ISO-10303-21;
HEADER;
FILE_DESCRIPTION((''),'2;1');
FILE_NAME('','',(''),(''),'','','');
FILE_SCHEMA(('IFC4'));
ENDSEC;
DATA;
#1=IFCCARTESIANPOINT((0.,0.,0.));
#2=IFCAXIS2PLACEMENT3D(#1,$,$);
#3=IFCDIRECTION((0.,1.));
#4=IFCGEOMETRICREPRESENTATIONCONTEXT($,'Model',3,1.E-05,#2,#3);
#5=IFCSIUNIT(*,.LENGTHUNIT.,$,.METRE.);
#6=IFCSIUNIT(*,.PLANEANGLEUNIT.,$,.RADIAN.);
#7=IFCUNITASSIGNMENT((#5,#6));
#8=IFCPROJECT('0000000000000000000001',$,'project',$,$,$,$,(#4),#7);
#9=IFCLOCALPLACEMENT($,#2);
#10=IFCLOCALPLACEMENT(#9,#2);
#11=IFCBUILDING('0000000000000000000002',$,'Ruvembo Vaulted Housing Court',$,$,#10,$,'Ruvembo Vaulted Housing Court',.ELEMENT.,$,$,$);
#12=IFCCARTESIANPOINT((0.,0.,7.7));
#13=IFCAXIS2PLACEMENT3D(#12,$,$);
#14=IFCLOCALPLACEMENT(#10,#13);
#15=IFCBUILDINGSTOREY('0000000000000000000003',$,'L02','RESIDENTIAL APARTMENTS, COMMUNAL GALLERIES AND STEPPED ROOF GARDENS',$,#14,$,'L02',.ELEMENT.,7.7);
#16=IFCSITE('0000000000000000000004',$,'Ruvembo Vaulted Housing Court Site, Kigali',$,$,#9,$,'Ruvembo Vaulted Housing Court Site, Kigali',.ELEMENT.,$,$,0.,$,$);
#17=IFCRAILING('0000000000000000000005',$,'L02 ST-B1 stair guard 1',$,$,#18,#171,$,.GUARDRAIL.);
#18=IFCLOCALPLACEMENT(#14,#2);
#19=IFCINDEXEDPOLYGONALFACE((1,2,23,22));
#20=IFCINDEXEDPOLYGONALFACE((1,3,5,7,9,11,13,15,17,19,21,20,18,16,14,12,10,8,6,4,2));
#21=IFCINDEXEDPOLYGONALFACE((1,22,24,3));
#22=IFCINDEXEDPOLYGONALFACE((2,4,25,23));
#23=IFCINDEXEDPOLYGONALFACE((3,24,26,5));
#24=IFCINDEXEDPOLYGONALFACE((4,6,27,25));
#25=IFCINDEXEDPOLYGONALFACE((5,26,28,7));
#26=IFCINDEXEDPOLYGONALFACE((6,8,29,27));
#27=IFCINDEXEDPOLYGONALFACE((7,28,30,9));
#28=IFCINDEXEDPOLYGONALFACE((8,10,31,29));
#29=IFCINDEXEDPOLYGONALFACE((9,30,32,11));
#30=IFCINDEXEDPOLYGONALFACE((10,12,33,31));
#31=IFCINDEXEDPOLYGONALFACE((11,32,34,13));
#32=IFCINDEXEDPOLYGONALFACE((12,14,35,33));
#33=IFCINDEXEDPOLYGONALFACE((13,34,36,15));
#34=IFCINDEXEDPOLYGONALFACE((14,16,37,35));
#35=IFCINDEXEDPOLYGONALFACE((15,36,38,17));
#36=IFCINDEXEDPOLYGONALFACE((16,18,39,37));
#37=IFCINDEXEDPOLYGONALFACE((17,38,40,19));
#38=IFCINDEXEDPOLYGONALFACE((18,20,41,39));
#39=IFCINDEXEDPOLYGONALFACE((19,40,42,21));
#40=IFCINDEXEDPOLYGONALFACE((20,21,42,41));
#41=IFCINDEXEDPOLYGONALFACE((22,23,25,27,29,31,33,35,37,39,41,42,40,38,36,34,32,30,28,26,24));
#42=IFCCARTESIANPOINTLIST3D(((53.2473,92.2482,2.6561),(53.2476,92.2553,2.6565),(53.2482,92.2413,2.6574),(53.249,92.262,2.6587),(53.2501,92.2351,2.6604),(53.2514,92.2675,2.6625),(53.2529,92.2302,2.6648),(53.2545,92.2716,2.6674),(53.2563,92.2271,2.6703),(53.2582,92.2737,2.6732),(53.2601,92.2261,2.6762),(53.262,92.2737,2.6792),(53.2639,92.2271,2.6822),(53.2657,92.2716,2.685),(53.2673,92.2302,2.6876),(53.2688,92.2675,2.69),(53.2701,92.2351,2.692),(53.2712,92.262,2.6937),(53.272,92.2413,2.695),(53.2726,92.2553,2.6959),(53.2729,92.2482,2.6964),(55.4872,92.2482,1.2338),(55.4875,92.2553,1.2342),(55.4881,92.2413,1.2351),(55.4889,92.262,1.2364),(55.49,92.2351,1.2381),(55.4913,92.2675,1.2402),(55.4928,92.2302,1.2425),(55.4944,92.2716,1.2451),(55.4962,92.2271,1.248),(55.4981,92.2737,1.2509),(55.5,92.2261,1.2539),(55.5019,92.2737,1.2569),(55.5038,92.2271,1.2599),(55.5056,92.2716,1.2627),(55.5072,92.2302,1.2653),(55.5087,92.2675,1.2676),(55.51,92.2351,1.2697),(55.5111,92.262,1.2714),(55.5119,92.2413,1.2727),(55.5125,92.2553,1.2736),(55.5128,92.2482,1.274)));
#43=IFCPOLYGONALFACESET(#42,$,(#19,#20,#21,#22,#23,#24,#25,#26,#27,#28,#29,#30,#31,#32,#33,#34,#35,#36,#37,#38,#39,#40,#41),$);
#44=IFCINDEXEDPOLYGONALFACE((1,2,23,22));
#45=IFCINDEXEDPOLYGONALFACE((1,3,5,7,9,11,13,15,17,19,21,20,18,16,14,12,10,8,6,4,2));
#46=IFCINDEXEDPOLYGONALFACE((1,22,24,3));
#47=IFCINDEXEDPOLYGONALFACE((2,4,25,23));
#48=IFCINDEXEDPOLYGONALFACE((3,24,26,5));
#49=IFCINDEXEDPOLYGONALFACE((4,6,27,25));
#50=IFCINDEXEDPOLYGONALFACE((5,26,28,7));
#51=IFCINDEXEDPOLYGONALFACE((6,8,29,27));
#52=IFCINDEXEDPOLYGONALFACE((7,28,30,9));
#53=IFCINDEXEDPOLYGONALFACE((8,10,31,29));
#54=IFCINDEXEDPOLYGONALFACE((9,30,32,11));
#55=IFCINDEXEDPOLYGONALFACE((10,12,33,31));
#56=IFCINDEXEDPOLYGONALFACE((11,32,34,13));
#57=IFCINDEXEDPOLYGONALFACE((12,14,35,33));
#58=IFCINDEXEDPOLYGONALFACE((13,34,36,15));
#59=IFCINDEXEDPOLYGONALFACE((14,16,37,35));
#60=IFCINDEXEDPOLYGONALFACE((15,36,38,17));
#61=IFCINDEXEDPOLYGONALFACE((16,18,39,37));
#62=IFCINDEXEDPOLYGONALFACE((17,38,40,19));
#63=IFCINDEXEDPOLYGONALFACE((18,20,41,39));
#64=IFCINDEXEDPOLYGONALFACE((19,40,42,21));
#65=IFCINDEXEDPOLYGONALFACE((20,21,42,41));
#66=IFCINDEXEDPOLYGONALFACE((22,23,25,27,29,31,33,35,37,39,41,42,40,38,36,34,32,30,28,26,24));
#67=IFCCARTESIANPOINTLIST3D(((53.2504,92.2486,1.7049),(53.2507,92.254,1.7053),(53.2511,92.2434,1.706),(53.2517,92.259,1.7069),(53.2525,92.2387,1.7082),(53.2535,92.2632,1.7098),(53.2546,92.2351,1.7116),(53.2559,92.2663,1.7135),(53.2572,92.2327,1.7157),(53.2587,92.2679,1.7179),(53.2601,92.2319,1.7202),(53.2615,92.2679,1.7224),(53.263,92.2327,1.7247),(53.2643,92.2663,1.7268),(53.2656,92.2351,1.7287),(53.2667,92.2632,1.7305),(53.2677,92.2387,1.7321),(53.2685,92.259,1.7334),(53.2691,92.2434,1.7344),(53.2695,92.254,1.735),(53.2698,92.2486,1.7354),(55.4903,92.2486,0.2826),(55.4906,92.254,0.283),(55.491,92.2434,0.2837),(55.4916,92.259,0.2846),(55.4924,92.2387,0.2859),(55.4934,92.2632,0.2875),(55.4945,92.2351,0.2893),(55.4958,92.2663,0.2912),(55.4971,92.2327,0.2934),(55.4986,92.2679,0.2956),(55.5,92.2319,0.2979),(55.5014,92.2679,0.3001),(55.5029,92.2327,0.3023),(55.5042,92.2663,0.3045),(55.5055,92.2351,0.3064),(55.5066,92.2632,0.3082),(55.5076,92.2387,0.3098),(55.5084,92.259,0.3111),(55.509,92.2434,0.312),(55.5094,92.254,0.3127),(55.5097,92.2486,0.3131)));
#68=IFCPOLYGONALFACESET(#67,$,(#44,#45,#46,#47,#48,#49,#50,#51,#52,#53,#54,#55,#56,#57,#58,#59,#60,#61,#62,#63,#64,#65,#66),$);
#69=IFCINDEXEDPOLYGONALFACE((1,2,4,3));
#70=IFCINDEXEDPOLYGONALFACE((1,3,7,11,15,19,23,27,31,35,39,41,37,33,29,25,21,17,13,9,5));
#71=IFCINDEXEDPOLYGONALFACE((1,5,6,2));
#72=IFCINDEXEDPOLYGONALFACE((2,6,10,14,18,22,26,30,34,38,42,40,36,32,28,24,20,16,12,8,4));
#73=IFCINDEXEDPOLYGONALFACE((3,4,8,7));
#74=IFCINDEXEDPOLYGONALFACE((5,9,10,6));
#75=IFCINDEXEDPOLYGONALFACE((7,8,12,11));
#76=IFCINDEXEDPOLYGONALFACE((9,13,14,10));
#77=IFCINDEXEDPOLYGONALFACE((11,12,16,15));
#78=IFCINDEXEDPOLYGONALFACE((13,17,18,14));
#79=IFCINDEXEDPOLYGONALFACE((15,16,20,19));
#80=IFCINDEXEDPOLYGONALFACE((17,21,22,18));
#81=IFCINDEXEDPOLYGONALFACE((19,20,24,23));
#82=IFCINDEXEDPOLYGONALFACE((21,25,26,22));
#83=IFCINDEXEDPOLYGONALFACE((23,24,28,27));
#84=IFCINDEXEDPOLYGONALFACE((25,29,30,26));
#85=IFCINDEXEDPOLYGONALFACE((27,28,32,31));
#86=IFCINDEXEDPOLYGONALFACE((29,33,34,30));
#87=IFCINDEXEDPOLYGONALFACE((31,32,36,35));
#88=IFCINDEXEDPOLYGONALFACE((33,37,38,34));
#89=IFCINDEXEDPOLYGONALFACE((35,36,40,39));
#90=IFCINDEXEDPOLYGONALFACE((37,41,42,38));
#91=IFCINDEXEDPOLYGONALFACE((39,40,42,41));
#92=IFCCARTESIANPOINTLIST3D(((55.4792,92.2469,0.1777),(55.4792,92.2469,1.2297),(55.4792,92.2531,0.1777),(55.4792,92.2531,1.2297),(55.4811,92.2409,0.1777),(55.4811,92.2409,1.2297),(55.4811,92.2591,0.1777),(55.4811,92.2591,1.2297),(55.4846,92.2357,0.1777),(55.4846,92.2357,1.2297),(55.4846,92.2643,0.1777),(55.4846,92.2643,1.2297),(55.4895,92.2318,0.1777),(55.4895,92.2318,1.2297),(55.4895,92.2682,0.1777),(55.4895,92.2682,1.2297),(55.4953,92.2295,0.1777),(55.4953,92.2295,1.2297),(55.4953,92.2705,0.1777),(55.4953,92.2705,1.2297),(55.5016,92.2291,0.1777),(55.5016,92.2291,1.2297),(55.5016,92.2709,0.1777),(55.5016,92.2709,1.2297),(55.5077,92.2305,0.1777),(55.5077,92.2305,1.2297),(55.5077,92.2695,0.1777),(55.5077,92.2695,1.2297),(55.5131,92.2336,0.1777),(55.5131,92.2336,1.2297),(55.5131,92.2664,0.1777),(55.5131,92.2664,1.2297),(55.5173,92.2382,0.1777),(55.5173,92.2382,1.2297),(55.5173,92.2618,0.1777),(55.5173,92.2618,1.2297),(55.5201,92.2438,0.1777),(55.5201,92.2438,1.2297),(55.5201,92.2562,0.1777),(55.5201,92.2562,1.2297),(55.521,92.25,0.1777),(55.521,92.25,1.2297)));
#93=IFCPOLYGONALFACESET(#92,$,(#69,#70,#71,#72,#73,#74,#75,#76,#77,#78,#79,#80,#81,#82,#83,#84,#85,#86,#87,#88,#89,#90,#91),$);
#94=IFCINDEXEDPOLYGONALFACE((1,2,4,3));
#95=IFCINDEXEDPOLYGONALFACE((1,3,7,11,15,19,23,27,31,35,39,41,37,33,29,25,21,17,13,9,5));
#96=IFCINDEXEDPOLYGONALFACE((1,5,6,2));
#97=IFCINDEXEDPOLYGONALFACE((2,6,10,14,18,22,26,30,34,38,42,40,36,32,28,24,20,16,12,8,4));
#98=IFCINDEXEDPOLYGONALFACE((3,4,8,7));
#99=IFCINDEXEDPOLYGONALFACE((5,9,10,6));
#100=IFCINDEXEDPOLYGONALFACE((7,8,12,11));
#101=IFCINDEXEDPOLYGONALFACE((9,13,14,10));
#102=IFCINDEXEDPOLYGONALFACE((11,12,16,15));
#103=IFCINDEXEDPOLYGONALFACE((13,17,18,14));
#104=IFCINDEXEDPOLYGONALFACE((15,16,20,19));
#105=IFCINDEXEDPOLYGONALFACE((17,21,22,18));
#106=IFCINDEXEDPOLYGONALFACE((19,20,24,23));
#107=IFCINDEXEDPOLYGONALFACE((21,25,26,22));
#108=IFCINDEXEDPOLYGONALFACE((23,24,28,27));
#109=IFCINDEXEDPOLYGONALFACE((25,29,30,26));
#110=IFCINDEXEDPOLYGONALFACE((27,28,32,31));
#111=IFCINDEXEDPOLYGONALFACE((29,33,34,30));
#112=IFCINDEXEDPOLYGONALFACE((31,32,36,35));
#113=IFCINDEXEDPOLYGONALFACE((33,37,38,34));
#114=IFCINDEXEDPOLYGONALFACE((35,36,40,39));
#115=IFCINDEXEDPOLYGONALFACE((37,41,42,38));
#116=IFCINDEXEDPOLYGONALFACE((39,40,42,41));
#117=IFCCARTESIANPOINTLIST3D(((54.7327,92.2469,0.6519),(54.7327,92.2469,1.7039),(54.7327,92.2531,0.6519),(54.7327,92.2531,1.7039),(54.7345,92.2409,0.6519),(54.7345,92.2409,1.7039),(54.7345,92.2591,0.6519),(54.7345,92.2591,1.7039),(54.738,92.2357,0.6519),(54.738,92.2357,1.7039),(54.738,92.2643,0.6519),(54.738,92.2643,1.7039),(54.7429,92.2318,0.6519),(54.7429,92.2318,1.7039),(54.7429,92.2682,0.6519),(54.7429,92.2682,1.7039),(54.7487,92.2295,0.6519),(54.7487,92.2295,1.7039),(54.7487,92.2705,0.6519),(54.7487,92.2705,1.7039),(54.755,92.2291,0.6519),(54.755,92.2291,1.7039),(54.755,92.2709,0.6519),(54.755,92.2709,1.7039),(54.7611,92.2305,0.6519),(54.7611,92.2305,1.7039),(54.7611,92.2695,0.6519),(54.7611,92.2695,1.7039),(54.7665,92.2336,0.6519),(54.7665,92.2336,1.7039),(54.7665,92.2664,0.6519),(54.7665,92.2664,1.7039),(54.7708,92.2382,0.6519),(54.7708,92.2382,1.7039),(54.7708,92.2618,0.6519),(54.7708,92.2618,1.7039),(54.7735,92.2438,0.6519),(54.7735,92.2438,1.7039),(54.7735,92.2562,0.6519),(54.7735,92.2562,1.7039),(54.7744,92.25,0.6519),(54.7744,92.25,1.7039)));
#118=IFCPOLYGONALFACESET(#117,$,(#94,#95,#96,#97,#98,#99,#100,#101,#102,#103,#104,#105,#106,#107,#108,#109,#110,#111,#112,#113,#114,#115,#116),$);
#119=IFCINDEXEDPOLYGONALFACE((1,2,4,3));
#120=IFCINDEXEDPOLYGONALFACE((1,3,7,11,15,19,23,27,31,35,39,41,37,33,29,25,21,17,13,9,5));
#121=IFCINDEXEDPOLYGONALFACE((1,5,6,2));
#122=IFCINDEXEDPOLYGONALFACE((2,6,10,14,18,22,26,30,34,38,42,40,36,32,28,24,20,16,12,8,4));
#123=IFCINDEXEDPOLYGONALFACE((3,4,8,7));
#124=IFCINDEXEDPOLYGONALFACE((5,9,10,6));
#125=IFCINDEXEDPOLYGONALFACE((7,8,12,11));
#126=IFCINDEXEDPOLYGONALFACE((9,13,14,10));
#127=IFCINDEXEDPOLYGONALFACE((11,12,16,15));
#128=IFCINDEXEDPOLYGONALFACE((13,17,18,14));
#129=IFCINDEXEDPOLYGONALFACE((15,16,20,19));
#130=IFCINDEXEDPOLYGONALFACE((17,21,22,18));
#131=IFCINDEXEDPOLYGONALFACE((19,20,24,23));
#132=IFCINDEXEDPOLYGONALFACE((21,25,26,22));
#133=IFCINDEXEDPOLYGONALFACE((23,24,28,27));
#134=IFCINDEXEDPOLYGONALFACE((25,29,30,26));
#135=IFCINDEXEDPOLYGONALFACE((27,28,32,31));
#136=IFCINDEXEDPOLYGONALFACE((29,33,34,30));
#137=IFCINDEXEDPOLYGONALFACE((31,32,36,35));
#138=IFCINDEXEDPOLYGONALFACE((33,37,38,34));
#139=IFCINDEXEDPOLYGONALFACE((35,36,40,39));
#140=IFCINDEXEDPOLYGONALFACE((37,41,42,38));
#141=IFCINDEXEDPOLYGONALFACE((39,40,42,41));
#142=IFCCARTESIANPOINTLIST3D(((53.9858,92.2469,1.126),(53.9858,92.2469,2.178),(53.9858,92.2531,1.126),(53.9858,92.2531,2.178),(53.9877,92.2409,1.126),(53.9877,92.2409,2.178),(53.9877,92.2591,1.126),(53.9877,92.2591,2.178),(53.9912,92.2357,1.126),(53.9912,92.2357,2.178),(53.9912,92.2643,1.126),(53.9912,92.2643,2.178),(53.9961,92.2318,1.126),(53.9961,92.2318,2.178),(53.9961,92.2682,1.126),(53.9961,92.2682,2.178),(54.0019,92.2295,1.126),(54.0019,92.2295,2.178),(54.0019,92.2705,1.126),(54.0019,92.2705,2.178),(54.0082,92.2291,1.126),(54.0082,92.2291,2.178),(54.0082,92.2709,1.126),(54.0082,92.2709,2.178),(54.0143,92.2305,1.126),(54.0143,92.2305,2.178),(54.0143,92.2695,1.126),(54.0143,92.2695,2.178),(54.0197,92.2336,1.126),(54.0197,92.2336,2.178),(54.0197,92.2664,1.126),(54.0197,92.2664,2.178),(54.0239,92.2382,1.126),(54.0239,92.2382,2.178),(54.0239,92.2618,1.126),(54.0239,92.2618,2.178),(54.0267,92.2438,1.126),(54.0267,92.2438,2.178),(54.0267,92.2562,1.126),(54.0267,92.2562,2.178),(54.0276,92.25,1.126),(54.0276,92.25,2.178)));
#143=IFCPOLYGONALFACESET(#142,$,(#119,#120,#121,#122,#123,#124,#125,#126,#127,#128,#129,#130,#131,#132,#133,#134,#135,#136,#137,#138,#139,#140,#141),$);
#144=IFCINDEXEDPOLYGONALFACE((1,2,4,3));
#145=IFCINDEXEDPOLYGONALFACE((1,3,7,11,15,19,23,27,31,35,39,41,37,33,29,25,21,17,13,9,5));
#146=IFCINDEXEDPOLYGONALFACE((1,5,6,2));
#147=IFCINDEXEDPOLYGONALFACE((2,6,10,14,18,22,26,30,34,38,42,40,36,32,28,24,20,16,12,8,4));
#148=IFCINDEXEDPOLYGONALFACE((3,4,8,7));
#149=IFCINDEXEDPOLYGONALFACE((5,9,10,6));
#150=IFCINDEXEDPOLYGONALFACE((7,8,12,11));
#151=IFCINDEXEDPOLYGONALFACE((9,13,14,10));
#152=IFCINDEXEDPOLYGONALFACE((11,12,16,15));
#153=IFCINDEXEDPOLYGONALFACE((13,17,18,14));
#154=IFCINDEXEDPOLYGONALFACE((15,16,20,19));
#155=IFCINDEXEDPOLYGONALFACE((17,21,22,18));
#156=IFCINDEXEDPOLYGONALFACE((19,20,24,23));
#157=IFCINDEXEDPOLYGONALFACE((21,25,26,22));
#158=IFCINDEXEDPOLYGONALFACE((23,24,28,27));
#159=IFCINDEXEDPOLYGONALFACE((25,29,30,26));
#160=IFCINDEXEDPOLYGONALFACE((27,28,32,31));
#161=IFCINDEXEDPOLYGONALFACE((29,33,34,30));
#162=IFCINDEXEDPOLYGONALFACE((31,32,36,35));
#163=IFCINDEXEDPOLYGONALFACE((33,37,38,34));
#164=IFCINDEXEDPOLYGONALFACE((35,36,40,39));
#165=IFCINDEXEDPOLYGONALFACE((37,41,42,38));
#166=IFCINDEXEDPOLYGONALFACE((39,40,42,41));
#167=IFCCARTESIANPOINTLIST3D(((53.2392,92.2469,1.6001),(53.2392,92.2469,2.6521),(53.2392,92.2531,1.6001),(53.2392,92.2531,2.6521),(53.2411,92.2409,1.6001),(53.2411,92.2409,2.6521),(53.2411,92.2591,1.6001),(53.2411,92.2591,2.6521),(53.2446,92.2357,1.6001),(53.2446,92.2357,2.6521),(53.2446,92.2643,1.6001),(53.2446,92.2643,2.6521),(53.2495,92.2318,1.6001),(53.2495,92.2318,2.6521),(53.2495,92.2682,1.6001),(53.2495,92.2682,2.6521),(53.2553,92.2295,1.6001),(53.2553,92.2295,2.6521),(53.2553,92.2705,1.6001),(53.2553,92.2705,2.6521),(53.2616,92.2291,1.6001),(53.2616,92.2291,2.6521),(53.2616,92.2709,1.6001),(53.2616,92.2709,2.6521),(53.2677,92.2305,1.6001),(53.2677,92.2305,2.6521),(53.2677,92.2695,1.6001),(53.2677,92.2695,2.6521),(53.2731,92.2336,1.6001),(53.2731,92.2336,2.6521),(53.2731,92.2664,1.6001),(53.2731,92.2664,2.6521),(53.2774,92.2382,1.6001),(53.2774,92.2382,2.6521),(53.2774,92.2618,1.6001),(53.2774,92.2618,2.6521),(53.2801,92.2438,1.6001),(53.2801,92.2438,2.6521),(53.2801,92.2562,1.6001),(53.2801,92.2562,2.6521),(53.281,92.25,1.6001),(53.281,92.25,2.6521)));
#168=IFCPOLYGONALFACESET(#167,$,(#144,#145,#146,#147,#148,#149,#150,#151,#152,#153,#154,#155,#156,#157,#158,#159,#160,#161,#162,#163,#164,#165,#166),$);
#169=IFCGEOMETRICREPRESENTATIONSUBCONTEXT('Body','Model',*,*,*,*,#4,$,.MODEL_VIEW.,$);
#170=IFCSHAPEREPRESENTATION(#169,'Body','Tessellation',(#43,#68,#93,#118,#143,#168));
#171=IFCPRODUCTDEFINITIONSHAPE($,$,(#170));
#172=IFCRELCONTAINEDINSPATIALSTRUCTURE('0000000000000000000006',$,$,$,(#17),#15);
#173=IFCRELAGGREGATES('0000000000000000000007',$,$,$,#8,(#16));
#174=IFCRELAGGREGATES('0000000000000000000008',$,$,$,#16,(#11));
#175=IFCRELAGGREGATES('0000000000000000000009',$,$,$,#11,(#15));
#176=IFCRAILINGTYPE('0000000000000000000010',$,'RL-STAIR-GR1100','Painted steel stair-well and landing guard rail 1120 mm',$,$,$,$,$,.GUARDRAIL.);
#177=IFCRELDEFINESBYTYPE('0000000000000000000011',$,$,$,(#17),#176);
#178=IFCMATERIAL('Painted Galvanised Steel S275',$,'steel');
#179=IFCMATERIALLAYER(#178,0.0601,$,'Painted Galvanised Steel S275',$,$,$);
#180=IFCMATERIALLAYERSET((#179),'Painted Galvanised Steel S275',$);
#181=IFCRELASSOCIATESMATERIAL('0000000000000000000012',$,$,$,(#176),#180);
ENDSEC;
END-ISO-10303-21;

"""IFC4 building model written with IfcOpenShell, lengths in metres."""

from ifc_helpers import new_model, si_unit, direction, frame, origin, origin_2d, place, context, subcontext, project, spatial, circle, extrude, material, layer, layer_set, type_object, element, save


model = new_model("IFC4")

# Units and contexts
model_context = context("Model", 3, precision=1e-05, world=origin(), true_north=direction((0.0, 1.0)))
body_context = subcontext(model_context, "Body", "Model", "MODEL_VIEW")
ifc_project = project(units=[si_unit("LENGTHUNIT", "METRE"), si_unit("PLANEANGLEUNIT", "RADIAN")], contexts=[model_context])

# Site, building, storey
site_placement = place(None, origin())
site = spatial("IfcSite", under=ifc_project, at=site_placement, Name="Ruvembo Vaulted Housing Court Site, Kigali", LongName="Ruvembo Vaulted Housing Court Site, Kigali", CompositionType="ELEMENT", RefElevation=0.0)
building_placement = place(site_placement, origin())
building = spatial("IfcBuilding", under=site, at=building_placement, Name="Ruvembo Vaulted Housing Court", LongName="Ruvembo Vaulted Housing Court", CompositionType="ELEMENT")
storey_placement = place(building_placement, frame((0.0, 0.0, 7.7)))
storey = spatial("IfcBuildingStorey", under=building, at=storey_placement, Name="L02", Description="RESIDENTIAL APARTMENTS, COMMUNAL GALLERIES AND STEPPED ROOF GARDENS", LongName="L02", CompositionType="ELEMENT", Elevation=7.7)

# Railing
ifc_material_1 = material(Name="Painted Galvanised Steel S275", Category="steel")
ifc_layer_1 = layer(ifc_material_1, 0.0601, Name="Painted Galvanised Steel S275")
ifc_layer_set_1 = layer_set([ifc_layer_1], Name="Painted Galvanised Steel S275")
railing_type_1 = type_object("IfcRailingType", Name="RL-STAIR-GR1100", Description="Painted steel stair-well and landing guard rail 1120 mm", PredefinedType="GUARDRAIL", material=ifc_layer_set_1)
railing_1_placement = place(storey_placement, frame((55.5, 92.25, 0.1777)))
element("IfcRailing", 1, at=railing_1_placement, inside=storey, type_object=railing_type_1, Name="L02 ST-B1 stair guard 1", PredefinedType="GUARDRAIL", context=body_context, shape_type="SweptSolid", body=[
    extrude(circle(Radius=0.0239, at=origin_2d()), frame((0.0, 0.0, 1.0762), z_axis=(-0.844188, 0.0, 0.536048), x_axis=(0.0, -1.0, 0.0)), (0.0, 0.0, 1.0), 2.6533),
    extrude(circle(Radius=0.0181, at=origin_2d()), frame((0.0, 0.0, 0.1201), z_axis=(-0.844188, 0.0, 0.536048), x_axis=(0.0, -1.0, 0.0)), (0.0, 0.0, 1.0), 2.6533),
    extrude(circle(Radius=0.021, at=origin_2d()), origin(), (0.0, 0.0, 1.0), 1.052),
    extrude(circle(Radius=0.021, at=origin_2d()), frame((-0.7466, 0.0, 0.4741)), (0.0, 0.0, 1.0), 1.052),
    extrude(circle(Radius=0.021, at=origin_2d()), frame((-1.4934, 0.0, 0.9482)), (0.0, 0.0, 1.0), 1.052),
    extrude(circle(Radius=0.021, at=origin_2d()), frame((-2.24, 0.0, 1.4224)), (0.0, 0.0, 1.0), 1.052),
])

save(model, "model.ifc")
